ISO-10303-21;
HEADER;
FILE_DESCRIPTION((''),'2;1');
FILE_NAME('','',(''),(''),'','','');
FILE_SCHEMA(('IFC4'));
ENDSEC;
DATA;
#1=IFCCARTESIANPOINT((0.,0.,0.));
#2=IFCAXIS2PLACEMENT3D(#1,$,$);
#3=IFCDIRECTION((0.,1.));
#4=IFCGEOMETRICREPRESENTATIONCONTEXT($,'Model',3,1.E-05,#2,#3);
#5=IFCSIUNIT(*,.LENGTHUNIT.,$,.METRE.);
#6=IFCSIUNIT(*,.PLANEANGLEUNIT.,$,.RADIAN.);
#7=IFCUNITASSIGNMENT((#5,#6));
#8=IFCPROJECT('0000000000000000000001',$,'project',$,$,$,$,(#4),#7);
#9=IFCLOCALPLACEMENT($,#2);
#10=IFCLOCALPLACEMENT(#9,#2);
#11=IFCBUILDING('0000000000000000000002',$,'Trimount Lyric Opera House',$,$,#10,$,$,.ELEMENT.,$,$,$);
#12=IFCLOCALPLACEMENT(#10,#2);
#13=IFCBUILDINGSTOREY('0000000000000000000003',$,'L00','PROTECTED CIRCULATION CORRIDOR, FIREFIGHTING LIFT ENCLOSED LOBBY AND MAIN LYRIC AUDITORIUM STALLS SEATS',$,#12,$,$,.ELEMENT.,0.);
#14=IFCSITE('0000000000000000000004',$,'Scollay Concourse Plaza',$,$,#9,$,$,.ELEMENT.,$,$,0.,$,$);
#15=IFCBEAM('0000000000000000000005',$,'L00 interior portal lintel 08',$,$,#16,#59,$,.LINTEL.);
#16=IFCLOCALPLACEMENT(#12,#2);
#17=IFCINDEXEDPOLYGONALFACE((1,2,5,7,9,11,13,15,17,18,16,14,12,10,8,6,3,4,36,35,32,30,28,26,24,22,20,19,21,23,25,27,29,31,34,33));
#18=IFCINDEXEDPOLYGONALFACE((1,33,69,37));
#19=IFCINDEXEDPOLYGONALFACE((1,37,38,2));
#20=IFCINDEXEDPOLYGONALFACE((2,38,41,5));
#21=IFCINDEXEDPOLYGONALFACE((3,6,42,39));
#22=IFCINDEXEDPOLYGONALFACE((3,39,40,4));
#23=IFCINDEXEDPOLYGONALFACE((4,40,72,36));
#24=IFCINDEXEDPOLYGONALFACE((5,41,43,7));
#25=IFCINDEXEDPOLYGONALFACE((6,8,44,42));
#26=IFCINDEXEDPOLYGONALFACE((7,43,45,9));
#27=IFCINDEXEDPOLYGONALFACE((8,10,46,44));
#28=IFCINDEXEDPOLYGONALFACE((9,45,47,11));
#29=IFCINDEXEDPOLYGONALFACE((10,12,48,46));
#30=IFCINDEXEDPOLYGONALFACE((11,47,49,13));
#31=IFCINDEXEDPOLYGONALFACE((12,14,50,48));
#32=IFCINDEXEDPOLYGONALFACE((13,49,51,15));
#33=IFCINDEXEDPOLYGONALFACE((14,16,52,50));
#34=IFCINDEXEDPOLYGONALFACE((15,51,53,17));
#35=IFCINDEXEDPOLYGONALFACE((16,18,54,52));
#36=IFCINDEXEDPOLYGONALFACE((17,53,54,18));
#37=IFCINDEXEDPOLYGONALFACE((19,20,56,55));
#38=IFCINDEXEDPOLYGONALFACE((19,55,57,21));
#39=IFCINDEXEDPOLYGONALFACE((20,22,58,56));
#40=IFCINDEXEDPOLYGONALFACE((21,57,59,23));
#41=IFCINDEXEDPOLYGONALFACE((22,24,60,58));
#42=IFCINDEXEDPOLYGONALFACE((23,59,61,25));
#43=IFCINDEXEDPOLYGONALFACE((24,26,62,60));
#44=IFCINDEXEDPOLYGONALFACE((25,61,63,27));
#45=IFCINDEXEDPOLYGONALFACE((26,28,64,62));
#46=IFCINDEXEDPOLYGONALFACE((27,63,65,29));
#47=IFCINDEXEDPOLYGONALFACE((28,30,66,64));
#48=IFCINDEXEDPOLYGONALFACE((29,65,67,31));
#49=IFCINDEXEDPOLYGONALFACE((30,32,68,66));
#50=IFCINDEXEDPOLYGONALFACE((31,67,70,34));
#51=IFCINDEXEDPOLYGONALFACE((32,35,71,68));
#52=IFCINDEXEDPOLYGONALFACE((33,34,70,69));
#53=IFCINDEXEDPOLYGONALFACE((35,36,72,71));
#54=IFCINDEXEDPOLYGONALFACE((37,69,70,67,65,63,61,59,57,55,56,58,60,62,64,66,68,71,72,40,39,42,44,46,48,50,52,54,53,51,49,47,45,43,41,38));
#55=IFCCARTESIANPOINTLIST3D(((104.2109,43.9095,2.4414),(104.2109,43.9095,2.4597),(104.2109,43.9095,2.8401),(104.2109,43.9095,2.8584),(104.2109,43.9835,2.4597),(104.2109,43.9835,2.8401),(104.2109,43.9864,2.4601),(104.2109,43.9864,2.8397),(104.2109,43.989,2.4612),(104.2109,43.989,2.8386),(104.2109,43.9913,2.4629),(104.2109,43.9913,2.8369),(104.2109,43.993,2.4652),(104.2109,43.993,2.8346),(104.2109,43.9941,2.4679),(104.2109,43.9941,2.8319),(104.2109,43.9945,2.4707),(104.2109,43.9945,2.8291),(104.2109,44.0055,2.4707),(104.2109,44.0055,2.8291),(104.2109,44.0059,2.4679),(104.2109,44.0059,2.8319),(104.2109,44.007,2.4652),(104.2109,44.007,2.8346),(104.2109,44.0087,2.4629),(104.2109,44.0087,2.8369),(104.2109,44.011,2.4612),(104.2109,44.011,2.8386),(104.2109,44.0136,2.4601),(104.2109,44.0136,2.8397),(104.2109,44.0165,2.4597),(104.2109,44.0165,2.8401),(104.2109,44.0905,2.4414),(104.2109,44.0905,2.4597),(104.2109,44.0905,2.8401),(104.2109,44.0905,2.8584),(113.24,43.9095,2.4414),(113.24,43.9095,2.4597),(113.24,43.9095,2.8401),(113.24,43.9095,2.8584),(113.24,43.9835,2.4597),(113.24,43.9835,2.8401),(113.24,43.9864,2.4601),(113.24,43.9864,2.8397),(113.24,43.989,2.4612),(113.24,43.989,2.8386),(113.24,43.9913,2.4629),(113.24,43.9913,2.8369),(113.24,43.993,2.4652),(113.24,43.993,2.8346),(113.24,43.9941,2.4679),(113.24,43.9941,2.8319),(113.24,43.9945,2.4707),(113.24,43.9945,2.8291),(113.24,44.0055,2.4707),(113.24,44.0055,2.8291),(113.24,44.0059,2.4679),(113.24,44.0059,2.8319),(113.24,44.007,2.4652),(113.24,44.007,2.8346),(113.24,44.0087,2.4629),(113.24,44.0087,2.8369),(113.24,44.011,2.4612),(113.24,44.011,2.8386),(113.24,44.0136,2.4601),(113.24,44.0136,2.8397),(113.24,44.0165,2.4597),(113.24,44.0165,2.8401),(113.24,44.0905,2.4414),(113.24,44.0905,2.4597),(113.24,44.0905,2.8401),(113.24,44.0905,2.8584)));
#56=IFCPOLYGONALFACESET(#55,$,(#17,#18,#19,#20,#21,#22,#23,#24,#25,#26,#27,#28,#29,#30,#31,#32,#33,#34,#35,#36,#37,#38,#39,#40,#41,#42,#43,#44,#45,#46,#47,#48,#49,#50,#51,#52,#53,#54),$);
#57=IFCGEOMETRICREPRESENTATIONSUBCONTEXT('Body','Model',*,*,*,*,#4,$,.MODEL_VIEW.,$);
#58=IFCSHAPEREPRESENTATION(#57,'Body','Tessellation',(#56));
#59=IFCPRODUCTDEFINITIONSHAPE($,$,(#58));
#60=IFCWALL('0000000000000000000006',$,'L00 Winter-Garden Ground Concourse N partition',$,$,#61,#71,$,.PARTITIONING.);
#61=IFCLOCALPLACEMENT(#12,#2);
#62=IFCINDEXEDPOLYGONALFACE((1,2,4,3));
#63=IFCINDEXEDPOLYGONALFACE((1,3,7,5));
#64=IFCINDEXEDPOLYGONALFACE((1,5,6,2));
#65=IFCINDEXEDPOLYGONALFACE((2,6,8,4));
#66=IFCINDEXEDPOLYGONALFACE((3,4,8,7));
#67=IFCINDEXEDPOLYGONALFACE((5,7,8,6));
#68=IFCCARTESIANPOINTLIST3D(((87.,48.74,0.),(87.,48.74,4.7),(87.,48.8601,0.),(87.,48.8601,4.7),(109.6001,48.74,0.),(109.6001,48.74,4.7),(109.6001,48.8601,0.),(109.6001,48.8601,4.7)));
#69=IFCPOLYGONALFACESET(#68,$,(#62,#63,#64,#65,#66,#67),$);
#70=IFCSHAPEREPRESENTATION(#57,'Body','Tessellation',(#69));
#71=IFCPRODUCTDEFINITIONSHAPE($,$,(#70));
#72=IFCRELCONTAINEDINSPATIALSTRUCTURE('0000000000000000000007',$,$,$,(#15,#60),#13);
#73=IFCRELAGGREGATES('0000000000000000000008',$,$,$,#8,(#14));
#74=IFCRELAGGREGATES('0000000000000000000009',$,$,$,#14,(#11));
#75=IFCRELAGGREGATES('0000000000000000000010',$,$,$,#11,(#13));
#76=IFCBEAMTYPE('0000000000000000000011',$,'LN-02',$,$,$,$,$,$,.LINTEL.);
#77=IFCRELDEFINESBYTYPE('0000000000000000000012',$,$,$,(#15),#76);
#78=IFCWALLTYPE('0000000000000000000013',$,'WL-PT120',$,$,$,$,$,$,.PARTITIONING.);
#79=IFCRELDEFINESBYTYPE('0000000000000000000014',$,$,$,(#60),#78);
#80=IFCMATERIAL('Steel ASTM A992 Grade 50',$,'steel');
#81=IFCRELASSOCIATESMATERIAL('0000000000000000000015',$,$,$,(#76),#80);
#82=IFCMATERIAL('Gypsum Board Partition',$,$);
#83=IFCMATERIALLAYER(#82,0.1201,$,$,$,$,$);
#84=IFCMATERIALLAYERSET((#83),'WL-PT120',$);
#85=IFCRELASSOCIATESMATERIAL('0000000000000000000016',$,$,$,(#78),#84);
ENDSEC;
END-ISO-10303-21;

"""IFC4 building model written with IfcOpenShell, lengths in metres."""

from ifc_helpers import new_model, si_unit, direction, frame, frame_2d, origin, origin_2d, place, context, subcontext, project, spatial, rectangle, i_section, extrude, material, layer, layer_set, material_profile, profile_set, type_object, element, save


model = new_model("IFC4")

# Units and contexts
model_context = context("Model", 3, precision=1e-05, world=origin(), true_north=direction((0.0, 1.0)))
body_context = subcontext(model_context, "Body", "Model", "MODEL_VIEW")
ifc_project = project(units=[si_unit("LENGTHUNIT", "METRE"), si_unit("PLANEANGLEUNIT", "RADIAN")], contexts=[model_context])

# Site, building, storey
site_placement = place(None, origin())
site = spatial("IfcSite", under=ifc_project, at=site_placement, Name="Scollay Concourse Plaza", CompositionType="ELEMENT", RefElevation=0.0)
building_placement = place(site_placement, origin())
building = spatial("IfcBuilding", under=site, at=building_placement, Name="Trimount Lyric Opera House", CompositionType="ELEMENT")
storey_placement = place(building_placement, origin())
storey = spatial("IfcBuildingStorey", under=building, at=storey_placement, Name="L00", Description="PROTECTED CIRCULATION CORRIDOR, FIREFIGHTING LIFT ENCLOSED LOBBY AND MAIN LYRIC AUDITORIUM STALLS SEATS", CompositionType="ELEMENT", Elevation=0.0)

# Beam
ifc_material_1 = material(Name="Steel ASTM A992 Grade 50", Category="steel")
ifc_material_profile_1 = material_profile(ifc_material_1, i_section(OverallWidth=0.1809, OverallDepth=0.417, WebThickness=0.011, FlangeThickness=0.0183, FilletRadius=0.011, at=origin_2d()), Name="W16X57")
ifc_profile_set_1 = profile_set([ifc_material_profile_1], Name="Steel ASTM A992 Grade 50")
beam_type_1 = type_object("IfcBeamType", Name="LN-02", PredefinedType="LINTEL", material=ifc_profile_set_1)
beam_1_placement = place(storey_placement, frame((104.2109, 44.0, 2.6499), z_axis=(1.0, 0.0, 0.0), x_axis=(0.0, 1.0, 0.0)))
element("IfcBeam", 1, at=beam_1_placement, inside=storey, type_object=beam_type_1, Name="L00 interior portal lintel 08", PredefinedType="LINTEL", context=body_context, shape_type="SweptSolid", body=[
    extrude(i_section(OverallWidth=0.1809, OverallDepth=0.417, WebThickness=0.011, FlangeThickness=0.0183, FilletRadius=0.011, at=origin_2d()), origin(), (0.0, 0.0, 1.0), 9.0291),
])

# Wall
ifc_material_2 = material(Name="Gypsum Board Partition")
ifc_layer = layer(ifc_material_2, 0.1201)
ifc_layer_set = layer_set([ifc_layer], Name="WL-PT120")
wall_type = type_object("IfcWallType", Name="WL-PT120", PredefinedType="PARTITIONING", material=ifc_layer_set)
wall_placement = place(storey_placement, frame((109.6001, 48.8, 0.0), z_axis=(0.0, 0.0, 1.0), x_axis=(-1.0, 0.0, 0.0)))
element("IfcWall", 2, at=wall_placement, inside=storey, type_object=wall_type, Name="L00 Winter-Garden Ground Concourse N partition", PredefinedType="PARTITIONING", context=body_context, shape_type="SweptSolid", body=[
    extrude(rectangle(XDim=22.6001, YDim=0.1201, at=frame_2d((11.3, 0.0))), origin(), (0.0, 0.0, 1.0), 4.7),
])

save(model, "model.ifc")
